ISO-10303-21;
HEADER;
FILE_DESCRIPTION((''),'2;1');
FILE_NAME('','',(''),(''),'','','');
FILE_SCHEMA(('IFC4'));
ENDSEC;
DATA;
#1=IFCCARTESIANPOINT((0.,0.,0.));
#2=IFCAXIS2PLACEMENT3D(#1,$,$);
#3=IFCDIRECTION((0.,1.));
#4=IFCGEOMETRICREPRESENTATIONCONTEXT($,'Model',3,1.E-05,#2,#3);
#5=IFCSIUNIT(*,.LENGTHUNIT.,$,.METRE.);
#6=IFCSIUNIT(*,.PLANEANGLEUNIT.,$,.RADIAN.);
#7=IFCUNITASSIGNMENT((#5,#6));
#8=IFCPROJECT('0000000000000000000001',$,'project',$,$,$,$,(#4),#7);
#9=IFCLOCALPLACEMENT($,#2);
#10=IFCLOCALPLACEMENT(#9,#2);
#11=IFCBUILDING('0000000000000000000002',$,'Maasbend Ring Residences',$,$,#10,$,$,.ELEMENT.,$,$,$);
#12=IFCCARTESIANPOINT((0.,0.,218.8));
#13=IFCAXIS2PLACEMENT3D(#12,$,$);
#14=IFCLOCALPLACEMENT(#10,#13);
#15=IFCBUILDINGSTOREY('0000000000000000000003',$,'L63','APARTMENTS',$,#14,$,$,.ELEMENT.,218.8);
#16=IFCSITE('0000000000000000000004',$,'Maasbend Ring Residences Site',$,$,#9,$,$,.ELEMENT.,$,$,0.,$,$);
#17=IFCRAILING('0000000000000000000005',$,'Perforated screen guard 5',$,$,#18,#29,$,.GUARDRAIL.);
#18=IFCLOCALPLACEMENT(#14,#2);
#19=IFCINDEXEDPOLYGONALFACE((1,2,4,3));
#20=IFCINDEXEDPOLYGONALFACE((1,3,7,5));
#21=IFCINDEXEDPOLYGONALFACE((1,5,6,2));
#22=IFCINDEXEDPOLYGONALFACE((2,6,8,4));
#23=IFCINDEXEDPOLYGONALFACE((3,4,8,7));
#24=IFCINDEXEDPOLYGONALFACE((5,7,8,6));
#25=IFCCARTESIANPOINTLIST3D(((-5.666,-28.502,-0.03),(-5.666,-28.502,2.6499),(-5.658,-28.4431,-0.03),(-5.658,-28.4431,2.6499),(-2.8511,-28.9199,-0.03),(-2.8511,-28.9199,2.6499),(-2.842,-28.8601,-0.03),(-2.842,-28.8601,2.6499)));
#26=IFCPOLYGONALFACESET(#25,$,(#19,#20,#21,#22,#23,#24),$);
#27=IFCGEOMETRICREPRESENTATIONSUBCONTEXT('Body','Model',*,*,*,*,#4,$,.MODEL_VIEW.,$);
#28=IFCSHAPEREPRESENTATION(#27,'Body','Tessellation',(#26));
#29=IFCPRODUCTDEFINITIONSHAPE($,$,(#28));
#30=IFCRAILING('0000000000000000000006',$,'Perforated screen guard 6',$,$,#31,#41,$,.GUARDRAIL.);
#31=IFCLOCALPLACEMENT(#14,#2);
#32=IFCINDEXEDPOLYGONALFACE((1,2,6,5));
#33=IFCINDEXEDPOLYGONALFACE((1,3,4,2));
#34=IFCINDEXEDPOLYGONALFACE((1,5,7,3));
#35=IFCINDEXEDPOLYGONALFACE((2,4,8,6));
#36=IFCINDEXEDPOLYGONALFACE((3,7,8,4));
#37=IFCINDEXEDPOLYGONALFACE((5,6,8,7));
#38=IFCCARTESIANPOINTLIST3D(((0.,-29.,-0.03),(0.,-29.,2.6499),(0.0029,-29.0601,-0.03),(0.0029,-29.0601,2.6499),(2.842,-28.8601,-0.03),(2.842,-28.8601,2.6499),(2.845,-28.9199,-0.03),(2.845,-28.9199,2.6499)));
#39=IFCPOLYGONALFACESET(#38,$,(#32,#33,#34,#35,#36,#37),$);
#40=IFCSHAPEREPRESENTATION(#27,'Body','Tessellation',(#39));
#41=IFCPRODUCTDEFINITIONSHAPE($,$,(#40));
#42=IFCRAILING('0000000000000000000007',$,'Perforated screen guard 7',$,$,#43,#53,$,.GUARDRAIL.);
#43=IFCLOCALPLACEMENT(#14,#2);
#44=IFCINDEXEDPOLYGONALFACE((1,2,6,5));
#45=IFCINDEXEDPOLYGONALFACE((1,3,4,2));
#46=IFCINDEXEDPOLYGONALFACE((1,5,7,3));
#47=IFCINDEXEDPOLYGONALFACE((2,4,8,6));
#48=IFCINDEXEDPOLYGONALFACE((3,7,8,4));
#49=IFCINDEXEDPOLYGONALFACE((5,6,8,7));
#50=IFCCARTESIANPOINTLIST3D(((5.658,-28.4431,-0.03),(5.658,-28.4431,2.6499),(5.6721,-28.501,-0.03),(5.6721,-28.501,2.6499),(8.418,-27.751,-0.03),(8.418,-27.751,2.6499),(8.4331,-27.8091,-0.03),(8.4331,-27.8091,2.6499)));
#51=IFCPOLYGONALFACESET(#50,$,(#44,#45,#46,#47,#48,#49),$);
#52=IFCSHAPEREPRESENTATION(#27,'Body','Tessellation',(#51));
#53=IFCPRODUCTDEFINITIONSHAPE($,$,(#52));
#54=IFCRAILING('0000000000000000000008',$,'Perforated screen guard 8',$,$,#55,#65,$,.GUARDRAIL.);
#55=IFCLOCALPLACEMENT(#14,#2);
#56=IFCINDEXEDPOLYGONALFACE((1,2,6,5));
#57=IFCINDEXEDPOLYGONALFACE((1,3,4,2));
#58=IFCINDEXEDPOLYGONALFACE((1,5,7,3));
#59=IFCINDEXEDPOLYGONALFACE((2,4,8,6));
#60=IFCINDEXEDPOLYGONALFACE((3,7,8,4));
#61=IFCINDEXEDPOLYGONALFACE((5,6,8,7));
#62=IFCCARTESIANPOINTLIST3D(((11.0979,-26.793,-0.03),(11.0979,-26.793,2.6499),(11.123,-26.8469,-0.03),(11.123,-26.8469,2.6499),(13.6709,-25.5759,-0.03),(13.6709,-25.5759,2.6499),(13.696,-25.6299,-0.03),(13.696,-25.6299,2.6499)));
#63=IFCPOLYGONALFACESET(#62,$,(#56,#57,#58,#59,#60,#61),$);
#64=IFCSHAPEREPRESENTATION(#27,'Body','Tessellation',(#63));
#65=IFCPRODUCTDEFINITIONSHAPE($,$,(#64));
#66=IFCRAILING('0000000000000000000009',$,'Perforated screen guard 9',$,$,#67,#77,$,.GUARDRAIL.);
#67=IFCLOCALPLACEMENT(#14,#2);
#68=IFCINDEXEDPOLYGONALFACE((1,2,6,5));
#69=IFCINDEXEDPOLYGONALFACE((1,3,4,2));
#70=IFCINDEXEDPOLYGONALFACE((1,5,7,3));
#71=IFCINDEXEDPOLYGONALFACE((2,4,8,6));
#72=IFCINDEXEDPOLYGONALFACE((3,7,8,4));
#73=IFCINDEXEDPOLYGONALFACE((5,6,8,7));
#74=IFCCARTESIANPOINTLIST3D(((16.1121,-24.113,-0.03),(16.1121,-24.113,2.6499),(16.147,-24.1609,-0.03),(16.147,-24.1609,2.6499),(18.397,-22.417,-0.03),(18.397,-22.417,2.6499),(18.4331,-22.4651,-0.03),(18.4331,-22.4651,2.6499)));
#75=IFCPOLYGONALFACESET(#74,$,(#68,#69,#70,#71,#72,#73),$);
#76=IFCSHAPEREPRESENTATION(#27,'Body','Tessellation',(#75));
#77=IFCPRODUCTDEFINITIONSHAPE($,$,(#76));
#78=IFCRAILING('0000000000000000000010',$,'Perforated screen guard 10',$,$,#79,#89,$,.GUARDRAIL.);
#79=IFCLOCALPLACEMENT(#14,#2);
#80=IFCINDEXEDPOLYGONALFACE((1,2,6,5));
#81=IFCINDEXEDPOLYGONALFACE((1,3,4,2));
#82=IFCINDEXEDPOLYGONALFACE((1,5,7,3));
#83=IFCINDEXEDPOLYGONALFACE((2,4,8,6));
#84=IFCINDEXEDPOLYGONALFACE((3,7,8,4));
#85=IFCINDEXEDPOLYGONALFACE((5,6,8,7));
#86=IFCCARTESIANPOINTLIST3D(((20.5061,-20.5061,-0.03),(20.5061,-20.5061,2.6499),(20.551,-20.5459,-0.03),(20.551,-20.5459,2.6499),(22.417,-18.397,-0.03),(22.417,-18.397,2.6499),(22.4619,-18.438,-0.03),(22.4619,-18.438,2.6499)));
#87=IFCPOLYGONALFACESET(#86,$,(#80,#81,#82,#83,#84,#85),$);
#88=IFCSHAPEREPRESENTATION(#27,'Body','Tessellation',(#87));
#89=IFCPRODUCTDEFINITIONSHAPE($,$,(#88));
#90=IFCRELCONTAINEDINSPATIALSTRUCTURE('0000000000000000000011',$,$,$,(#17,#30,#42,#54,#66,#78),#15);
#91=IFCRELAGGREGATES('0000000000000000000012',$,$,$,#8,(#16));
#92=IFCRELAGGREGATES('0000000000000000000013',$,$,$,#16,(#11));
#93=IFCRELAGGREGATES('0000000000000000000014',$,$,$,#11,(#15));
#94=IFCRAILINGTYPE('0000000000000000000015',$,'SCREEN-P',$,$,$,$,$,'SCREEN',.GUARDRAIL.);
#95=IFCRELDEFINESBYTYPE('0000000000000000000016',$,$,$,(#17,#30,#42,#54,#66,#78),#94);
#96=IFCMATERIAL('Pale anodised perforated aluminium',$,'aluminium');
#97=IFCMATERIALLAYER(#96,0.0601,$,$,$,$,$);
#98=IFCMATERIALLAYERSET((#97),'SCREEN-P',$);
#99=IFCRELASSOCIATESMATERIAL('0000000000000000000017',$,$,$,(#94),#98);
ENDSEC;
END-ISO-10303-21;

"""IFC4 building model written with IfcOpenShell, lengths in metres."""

from ifc_helpers import new_model, si_unit, direction, frame, origin, place, context, subcontext, project, spatial, polyline, outline, extrude, material, layer, layer_set, type_object, element, save


model = new_model("IFC4")

# Units and contexts
model_context = context("Model", 3, precision=1e-05, world=origin(), true_north=direction((0.0, 1.0)))
body_context = subcontext(model_context, "Body", "Model", "MODEL_VIEW")
ifc_project = project(units=[si_unit("LENGTHUNIT", "METRE"), si_unit("PLANEANGLEUNIT", "RADIAN")], contexts=[model_context])

# Site, building, storey
site_placement = place(None, origin())
site = spatial("IfcSite", under=ifc_project, at=site_placement, Name="Maasbend Ring Residences Site", CompositionType="ELEMENT", RefElevation=0.0)
building_placement = place(site_placement, origin())
building = spatial("IfcBuilding", under=site, at=building_placement, Name="Maasbend Ring Residences", CompositionType="ELEMENT")
storey_placement = place(building_placement, frame((0.0, 0.0, 218.8)))
storey = spatial("IfcBuildingStorey", under=building, at=storey_placement, Name="L63", Description="APARTMENTS", CompositionType="ELEMENT", Elevation=218.8)

# Railings
ifc_material_1 = material(Name="Pale anodised perforated aluminium", Category="aluminium")
ifc_layer_1 = layer(ifc_material_1, 0.0601)
ifc_layer_set_1 = layer_set([ifc_layer_1], Name="SCREEN-P")
railing_type = type_object("IfcRailingType", Name="SCREEN-P", ElementType="SCREEN", PredefinedType="GUARDRAIL", material=ifc_layer_set_1)
railing_1_placement = place(storey_placement, frame((0.0, 0.0, -0.03)))
element("IfcRailing", 1, at=railing_1_placement, inside=storey, type_object=railing_type, Name="Perforated screen guard 5", PredefinedType="GUARDRAIL", context=body_context, shape_type="SweptSolid", body=[
    extrude(outline(polyline([(-5.658, -28.4431), (-2.842, -28.8601), (-2.8511, -28.9199), (-5.666, -28.502), (-5.658, -28.4431)])), origin(), (0.0, 0.0, 1.0), 2.6799),
])
railing_2_placement = place(storey_placement, frame((0.0, 0.0, -0.03)))
element("IfcRailing", 2, at=railing_2_placement, inside=storey, type_object=railing_type, Name="Perforated screen guard 6", PredefinedType="GUARDRAIL", context=body_context, shape_type="SweptSolid", body=[
    extrude(outline(polyline([(0.0, -29.0), (2.842, -28.8601), (2.845, -28.9199), (0.0029, -29.0601), (0.0, -29.0)])), origin(), (0.0, 0.0, 1.0), 2.6799),
])
railing_3_placement = place(storey_placement, frame((0.0, 0.0, -0.03)))
element("IfcRailing", 3, at=railing_3_placement, inside=storey, type_object=railing_type, Name="Perforated screen guard 7", PredefinedType="GUARDRAIL", context=body_context, shape_type="SweptSolid", body=[
    extrude(outline(polyline([(5.658, -28.4431), (8.418, -27.751), (8.4331, -27.8091), (5.6721, -28.501), (5.658, -28.4431)])), origin(), (0.0, 0.0, 1.0), 2.6799),
])
railing_4_placement = place(storey_placement, frame((0.0, 0.0, -0.03)))
element("IfcRailing", 4, at=railing_4_placement, inside=storey, type_object=railing_type, Name="Perforated screen guard 8", PredefinedType="GUARDRAIL", context=body_context, shape_type="SweptSolid", body=[
    extrude(outline(polyline([(11.0979, -26.793), (13.6709, -25.5759), (13.696, -25.6299), (11.123, -26.8469), (11.0979, -26.793)])), origin(), (0.0, 0.0, 1.0), 2.6799),
])
railing_5_placement = place(storey_placement, frame((0.0, 0.0, -0.03)))
element("IfcRailing", 5, at=railing_5_placement, inside=storey, type_object=railing_type, Name="Perforated screen guard 9", PredefinedType="GUARDRAIL", context=body_context, shape_type="SweptSolid", body=[
    extrude(outline(polyline([(16.1121, -24.113), (18.397, -22.417), (18.4331, -22.4651), (16.147, -24.1609), (16.1121, -24.113)])), origin(), (0.0, 0.0, 1.0), 2.6799),
])
railing_6_placement = place(storey_placement, frame((0.0, 0.0, -0.03)))
element("IfcRailing", 6, at=railing_6_placement, inside=storey, type_object=railing_type, Name="Perforated screen guard 10", PredefinedType="GUARDRAIL", context=body_context, shape_type="SweptSolid", body=[
    extrude(outline(polyline([(20.5061, -20.5061), (22.417, -18.397), (22.4619, -18.438), (20.551, -20.5459), (20.5061, -20.5061)])), origin(), (0.0, 0.0, 1.0), 2.6799),
])

save(model, "model.ifc")
